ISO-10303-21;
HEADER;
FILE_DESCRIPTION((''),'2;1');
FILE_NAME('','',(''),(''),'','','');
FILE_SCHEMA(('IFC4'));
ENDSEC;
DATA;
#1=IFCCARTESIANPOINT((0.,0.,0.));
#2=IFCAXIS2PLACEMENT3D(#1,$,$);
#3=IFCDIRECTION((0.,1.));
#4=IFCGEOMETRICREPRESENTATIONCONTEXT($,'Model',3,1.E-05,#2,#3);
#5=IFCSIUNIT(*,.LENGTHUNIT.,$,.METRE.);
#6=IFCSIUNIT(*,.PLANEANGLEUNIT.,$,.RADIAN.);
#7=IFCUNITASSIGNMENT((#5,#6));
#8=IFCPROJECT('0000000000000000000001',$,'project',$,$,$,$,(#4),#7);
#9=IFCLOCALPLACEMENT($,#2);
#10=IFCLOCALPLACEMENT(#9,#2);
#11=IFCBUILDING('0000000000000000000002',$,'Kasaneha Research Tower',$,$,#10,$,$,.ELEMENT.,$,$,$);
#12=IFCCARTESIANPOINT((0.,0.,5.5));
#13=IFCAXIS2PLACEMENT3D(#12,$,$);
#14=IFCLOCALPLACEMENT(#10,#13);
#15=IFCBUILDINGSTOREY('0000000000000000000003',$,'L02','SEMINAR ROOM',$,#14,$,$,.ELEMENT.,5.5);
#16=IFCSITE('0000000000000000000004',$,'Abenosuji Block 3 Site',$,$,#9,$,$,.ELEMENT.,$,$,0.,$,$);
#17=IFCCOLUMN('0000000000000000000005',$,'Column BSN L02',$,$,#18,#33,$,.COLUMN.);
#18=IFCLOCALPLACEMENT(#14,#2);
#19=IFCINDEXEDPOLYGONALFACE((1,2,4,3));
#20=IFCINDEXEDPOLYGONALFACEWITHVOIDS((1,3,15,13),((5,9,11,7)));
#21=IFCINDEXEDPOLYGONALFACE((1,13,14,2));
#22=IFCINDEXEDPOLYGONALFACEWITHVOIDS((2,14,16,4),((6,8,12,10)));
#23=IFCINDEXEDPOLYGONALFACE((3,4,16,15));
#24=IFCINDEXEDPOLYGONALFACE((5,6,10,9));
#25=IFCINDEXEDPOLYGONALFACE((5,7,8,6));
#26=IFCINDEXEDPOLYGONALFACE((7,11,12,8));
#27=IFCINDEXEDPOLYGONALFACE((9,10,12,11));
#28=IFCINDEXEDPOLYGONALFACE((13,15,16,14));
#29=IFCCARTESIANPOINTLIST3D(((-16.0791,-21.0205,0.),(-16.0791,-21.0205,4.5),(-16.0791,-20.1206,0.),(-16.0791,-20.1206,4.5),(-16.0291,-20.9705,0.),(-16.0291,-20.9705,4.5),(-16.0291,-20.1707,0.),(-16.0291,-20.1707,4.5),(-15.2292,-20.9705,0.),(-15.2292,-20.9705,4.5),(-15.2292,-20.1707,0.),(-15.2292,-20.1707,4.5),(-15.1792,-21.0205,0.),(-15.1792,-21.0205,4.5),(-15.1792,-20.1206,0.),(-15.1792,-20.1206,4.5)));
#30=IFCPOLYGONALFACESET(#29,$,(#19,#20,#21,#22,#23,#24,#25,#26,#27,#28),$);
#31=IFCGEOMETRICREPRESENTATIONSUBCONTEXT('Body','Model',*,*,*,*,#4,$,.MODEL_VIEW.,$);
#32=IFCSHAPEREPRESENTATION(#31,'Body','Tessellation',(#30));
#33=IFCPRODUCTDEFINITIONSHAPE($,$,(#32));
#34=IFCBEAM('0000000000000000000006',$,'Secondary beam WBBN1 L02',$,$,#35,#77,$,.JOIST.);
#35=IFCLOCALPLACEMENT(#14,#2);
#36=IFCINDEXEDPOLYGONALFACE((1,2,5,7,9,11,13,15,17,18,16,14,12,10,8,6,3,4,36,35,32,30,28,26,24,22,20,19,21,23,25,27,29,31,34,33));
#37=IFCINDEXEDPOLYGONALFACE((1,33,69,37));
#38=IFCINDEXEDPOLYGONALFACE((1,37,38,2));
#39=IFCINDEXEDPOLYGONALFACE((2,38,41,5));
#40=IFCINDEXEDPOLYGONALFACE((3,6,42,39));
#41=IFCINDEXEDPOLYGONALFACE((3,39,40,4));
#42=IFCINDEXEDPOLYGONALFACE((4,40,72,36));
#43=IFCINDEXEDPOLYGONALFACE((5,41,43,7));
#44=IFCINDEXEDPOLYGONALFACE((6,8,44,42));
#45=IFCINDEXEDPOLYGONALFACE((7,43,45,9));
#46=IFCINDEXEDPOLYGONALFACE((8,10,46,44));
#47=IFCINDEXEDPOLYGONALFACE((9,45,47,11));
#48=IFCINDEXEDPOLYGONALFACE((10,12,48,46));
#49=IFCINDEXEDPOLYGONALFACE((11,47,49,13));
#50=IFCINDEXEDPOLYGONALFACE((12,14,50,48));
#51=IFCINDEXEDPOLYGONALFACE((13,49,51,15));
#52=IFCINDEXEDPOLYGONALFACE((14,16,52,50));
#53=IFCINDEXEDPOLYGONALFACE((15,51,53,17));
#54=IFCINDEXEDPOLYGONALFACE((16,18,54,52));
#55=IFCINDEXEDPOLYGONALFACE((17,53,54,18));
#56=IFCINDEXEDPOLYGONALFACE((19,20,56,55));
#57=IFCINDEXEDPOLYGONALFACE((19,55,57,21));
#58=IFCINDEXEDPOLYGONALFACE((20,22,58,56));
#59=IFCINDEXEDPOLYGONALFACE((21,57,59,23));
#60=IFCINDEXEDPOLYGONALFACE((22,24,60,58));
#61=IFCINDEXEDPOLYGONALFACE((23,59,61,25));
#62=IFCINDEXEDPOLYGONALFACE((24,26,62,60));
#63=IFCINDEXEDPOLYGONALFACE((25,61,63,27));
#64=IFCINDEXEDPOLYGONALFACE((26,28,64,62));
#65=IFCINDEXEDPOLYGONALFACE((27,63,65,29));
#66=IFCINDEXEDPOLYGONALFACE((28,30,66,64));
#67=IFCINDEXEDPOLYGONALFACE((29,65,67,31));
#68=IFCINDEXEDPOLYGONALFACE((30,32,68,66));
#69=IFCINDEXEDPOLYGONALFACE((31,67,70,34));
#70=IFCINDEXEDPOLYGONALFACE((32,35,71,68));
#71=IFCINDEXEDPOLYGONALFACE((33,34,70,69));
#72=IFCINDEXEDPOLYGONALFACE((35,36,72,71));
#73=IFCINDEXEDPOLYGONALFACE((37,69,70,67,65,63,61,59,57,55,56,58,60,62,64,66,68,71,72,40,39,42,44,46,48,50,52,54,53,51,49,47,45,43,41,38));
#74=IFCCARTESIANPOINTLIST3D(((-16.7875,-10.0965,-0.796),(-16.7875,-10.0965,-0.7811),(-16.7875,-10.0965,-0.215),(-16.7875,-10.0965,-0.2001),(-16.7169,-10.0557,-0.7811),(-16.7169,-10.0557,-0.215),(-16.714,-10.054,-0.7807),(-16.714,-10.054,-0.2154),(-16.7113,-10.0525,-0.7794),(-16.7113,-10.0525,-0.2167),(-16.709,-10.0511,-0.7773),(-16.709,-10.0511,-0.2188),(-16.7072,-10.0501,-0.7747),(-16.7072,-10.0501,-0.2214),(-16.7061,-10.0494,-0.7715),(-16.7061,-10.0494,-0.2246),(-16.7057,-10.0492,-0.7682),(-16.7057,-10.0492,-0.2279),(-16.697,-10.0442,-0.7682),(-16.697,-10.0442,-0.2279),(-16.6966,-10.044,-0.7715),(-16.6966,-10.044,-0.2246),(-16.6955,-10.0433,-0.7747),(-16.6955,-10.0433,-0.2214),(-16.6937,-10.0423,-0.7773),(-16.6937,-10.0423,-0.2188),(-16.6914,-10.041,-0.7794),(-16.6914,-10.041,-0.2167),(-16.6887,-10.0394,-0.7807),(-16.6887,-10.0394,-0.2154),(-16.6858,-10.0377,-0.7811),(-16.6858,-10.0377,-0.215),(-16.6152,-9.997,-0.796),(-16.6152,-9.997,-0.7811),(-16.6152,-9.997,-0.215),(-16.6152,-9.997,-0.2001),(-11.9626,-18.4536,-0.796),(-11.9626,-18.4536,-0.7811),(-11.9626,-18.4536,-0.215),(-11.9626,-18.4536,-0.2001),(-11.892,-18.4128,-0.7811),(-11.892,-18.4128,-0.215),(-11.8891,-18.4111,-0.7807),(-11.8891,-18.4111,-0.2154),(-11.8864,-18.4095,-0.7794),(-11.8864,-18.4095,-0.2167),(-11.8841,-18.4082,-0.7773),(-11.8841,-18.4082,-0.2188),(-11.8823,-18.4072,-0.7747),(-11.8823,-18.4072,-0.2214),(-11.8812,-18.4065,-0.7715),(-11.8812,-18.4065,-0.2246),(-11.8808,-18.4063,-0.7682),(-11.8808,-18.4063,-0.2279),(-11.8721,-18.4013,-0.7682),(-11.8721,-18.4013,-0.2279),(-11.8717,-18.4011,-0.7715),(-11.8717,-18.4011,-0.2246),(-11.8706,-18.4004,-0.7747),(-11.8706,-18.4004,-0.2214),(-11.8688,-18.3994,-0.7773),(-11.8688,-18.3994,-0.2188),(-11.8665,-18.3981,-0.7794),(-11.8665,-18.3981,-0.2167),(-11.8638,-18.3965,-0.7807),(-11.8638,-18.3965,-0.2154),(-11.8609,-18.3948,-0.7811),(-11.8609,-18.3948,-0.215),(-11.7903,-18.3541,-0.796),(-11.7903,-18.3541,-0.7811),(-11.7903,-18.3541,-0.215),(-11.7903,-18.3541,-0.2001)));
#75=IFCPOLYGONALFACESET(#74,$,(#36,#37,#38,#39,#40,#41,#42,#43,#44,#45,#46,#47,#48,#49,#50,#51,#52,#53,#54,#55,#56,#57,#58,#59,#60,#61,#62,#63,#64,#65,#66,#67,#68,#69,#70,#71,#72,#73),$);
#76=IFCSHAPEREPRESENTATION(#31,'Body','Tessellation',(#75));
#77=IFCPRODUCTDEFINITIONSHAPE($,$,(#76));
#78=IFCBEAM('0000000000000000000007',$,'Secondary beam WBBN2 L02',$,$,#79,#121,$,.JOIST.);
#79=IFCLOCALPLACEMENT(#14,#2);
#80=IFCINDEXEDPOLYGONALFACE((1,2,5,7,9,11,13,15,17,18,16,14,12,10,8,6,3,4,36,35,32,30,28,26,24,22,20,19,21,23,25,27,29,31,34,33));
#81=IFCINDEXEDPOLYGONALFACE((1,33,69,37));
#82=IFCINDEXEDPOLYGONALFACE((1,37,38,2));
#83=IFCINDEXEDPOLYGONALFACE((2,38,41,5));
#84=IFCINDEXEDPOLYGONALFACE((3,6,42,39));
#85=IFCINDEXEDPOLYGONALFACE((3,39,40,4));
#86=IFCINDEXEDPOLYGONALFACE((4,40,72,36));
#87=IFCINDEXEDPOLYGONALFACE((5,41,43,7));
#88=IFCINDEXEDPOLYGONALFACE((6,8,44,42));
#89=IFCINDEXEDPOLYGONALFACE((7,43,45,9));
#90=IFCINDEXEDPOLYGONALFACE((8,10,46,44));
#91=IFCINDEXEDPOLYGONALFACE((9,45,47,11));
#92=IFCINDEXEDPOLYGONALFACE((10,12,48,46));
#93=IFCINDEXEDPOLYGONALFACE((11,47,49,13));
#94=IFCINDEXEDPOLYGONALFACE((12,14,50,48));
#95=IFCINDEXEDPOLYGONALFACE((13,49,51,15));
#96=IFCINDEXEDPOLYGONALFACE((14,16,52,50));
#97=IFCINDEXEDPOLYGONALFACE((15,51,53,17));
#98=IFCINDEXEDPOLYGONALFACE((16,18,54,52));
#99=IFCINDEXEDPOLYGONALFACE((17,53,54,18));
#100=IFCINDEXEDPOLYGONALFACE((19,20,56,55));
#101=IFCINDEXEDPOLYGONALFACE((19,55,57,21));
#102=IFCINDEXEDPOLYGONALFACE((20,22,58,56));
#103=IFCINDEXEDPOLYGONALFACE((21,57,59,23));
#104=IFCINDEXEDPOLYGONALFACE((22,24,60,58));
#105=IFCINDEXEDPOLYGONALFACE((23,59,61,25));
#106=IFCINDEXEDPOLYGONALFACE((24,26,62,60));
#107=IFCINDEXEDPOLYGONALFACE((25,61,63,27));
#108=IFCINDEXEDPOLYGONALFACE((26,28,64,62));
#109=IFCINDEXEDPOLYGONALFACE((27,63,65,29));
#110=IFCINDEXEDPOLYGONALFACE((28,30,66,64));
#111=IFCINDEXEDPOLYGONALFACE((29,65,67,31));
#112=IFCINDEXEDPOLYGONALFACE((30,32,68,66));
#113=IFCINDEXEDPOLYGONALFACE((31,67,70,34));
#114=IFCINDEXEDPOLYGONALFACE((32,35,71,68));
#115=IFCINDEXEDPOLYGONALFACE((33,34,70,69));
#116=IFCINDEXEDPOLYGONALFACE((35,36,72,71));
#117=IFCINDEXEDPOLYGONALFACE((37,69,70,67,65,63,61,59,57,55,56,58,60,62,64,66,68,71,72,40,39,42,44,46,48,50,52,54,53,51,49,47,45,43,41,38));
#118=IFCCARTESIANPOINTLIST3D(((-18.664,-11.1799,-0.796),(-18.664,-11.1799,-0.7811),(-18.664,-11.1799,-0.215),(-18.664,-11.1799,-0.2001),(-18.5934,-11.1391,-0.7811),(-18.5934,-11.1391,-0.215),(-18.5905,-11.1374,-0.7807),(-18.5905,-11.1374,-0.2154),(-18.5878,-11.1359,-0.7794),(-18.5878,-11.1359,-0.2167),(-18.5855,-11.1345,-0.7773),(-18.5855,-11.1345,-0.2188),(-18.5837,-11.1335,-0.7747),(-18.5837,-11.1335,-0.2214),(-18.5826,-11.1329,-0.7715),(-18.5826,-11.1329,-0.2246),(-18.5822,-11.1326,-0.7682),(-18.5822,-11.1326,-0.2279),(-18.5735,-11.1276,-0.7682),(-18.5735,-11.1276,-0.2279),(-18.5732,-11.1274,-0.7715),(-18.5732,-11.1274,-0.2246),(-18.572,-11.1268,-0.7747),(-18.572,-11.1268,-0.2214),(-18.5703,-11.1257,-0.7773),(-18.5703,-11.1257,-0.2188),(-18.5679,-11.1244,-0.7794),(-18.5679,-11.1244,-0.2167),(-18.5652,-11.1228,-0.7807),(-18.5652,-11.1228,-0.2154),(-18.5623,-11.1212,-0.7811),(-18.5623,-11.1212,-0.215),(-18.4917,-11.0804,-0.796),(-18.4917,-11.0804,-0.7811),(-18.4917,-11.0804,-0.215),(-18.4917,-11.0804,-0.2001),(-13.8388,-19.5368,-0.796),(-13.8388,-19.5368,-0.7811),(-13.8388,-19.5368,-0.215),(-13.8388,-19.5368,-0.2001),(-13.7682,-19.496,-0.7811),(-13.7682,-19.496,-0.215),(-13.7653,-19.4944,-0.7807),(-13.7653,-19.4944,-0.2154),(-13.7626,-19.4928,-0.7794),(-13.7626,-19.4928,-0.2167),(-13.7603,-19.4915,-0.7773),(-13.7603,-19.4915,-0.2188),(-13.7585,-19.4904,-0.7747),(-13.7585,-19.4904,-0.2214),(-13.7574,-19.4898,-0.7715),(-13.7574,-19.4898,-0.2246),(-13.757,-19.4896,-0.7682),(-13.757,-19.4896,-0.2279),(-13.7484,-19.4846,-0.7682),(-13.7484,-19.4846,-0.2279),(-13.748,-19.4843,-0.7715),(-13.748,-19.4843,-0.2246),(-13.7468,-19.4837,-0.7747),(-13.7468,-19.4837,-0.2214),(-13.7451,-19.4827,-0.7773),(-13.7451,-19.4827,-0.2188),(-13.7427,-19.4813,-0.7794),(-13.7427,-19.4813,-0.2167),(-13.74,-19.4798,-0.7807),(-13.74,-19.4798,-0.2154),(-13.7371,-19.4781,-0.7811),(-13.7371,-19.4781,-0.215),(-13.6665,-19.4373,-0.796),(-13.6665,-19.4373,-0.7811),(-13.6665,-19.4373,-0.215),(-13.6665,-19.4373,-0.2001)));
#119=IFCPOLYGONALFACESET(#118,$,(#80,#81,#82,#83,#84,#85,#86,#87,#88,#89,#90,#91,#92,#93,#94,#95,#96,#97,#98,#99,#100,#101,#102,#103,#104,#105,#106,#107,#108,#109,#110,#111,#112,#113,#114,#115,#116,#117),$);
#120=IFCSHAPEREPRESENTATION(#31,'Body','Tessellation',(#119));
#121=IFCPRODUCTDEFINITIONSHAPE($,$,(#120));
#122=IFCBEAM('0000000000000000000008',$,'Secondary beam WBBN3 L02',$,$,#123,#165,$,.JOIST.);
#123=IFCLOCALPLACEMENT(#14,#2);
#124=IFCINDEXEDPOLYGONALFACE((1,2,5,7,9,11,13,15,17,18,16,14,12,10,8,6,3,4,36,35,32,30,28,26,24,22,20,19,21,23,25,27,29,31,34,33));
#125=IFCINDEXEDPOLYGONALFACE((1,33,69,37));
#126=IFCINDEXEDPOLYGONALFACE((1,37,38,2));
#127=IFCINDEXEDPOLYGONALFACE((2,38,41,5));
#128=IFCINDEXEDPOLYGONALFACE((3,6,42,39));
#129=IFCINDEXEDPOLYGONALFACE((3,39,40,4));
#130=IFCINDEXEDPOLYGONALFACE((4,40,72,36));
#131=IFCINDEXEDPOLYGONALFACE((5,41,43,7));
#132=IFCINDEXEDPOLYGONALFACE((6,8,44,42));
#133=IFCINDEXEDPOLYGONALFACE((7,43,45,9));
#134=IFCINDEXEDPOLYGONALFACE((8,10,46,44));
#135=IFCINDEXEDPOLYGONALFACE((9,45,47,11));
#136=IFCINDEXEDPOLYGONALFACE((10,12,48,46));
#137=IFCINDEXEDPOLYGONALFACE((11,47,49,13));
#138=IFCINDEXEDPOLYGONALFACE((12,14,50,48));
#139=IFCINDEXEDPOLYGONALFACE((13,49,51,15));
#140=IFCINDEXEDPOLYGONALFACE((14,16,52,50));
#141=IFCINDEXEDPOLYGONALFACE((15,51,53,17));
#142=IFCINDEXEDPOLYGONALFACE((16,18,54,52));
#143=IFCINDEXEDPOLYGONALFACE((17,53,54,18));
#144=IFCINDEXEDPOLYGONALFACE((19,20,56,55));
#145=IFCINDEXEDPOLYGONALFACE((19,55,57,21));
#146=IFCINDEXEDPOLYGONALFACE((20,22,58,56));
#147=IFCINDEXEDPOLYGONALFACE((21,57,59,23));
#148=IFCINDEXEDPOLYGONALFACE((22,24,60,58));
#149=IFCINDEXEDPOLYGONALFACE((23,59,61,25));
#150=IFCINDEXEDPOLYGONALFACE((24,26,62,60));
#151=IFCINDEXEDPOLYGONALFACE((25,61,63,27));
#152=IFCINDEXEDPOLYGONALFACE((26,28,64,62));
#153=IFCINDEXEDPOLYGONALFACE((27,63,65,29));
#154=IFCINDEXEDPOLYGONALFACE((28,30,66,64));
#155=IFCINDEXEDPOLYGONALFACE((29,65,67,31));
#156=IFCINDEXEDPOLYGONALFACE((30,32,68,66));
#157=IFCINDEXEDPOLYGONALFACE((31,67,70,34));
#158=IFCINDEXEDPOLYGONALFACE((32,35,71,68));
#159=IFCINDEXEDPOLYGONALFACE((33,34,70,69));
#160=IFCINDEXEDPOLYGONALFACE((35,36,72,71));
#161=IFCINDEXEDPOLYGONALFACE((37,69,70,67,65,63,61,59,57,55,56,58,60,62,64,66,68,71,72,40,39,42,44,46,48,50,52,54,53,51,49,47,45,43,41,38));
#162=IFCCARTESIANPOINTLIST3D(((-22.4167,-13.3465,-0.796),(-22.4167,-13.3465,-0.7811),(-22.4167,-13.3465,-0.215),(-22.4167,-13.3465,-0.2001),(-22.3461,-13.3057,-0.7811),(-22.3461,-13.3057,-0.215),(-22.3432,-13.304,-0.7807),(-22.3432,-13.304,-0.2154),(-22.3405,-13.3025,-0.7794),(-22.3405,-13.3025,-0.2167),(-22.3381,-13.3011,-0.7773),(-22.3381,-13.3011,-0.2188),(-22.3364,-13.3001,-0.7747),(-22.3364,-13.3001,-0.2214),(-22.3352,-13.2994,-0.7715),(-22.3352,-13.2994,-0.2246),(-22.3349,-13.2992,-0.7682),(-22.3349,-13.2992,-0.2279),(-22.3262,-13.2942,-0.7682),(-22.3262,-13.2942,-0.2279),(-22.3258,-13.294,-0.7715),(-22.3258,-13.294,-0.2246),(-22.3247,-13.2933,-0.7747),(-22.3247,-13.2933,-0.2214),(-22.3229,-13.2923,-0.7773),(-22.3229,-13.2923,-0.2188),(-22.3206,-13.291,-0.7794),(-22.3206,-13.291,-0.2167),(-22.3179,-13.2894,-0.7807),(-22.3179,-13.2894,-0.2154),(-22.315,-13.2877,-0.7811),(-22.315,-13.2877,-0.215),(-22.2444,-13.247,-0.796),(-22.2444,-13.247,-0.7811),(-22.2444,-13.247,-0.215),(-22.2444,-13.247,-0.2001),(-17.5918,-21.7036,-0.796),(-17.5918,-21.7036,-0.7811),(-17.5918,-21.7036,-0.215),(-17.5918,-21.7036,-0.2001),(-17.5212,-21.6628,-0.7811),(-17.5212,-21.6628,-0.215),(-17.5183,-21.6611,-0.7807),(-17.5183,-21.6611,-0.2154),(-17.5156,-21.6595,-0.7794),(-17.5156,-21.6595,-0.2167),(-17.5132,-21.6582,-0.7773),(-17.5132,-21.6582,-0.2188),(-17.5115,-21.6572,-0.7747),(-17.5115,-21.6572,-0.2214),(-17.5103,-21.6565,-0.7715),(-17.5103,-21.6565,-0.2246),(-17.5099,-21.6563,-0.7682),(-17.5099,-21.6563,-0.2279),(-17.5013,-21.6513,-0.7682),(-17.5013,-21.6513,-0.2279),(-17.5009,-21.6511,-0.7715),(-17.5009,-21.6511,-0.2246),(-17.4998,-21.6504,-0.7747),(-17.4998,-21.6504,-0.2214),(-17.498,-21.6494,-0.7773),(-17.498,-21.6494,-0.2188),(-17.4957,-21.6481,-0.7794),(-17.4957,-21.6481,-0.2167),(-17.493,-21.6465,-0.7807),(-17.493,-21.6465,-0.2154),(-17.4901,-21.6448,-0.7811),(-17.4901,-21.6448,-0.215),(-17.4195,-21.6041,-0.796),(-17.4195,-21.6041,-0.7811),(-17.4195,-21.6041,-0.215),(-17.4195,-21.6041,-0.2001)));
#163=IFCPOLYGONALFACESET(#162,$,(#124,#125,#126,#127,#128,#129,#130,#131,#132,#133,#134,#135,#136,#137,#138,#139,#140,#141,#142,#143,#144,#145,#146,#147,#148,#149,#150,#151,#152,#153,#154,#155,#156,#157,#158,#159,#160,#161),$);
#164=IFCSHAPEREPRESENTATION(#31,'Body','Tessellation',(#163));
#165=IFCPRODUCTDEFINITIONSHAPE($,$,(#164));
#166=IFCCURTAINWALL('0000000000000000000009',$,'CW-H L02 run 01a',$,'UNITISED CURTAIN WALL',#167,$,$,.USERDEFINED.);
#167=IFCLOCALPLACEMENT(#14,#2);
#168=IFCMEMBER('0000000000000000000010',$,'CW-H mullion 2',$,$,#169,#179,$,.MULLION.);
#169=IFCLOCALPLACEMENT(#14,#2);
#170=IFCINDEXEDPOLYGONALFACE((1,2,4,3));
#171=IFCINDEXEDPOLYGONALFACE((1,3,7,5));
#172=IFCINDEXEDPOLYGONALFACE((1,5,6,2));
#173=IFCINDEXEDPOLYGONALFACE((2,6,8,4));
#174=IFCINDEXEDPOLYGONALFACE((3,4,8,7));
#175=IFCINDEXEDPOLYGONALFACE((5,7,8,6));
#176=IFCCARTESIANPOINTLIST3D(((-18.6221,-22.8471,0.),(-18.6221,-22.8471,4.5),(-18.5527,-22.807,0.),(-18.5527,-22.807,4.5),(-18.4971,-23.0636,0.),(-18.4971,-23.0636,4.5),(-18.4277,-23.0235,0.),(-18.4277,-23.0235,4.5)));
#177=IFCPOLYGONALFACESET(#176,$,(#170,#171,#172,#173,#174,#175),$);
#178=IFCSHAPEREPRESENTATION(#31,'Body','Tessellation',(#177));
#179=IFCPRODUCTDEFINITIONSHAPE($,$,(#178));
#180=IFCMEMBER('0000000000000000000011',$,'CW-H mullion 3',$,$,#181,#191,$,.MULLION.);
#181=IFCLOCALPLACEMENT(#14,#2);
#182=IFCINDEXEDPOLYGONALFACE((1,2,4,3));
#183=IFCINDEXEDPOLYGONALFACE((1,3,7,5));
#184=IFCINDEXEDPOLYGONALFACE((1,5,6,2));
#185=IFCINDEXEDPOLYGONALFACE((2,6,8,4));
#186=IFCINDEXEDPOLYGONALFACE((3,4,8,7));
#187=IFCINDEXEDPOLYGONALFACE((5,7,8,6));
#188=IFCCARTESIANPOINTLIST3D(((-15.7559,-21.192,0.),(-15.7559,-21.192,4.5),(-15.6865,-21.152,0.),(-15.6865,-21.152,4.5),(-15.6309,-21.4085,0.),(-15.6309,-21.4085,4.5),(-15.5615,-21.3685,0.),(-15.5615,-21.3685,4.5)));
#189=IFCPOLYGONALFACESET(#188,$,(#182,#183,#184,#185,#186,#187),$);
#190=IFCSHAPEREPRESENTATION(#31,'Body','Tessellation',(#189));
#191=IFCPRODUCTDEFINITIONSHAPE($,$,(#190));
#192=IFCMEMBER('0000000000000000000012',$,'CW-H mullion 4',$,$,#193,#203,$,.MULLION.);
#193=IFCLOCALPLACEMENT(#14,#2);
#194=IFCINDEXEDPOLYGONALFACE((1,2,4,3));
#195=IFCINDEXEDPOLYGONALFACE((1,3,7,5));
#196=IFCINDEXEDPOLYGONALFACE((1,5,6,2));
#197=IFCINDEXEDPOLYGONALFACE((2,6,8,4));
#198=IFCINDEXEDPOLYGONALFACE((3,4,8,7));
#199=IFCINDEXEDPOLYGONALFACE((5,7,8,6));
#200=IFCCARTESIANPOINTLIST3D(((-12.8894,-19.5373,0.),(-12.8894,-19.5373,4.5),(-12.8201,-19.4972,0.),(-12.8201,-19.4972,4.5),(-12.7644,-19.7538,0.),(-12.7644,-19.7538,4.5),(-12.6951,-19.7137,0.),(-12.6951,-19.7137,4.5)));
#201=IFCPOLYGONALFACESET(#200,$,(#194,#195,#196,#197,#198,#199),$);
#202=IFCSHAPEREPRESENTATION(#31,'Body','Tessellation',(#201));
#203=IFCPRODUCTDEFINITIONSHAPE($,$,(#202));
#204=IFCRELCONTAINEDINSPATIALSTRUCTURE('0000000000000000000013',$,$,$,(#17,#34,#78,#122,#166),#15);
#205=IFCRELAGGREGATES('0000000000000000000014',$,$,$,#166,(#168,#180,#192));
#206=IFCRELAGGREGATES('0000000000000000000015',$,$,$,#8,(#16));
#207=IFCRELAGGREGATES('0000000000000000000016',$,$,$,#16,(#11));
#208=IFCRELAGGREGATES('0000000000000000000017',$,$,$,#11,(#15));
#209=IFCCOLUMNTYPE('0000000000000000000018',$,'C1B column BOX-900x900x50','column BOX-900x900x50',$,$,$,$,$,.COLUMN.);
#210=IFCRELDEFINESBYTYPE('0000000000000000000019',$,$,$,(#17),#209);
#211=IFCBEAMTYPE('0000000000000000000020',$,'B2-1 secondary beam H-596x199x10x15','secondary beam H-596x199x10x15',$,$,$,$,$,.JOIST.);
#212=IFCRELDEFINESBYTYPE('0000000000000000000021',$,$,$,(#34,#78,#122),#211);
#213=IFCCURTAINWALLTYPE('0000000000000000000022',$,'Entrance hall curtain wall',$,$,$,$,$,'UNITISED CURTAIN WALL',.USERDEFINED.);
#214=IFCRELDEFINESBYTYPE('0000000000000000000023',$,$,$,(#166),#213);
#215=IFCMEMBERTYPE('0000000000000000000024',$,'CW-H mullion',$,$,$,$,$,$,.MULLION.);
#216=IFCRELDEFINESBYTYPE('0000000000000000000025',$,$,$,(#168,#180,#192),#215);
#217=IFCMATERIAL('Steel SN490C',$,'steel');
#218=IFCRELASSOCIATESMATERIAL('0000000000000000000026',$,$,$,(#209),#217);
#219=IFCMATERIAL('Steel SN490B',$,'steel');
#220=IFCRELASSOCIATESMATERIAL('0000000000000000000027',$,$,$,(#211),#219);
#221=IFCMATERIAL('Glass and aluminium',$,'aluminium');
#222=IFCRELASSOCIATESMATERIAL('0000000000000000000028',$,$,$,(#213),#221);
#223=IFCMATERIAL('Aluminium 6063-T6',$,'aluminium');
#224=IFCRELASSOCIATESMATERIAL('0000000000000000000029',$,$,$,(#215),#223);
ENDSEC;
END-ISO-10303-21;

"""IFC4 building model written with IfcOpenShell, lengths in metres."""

from ifc_helpers import new_model, si_unit, direction, frame, origin, origin_2d, place, context, subcontext, project, spatial, rectangle, hollow_rectangle, i_section, extrude, material, material_profile, profile_set, type_object, element, aggregate, save


model = new_model("IFC4")

# Units and contexts
model_context = context("Model", 3, precision=1e-05, world=origin(), true_north=direction((0.0, 1.0)))
body_context = subcontext(model_context, "Body", "Model", "MODEL_VIEW")
ifc_project = project(units=[si_unit("LENGTHUNIT", "METRE"), si_unit("PLANEANGLEUNIT", "RADIAN")], contexts=[model_context])

# Site, building, storey
site_placement = place(None, origin())
site = spatial("IfcSite", under=ifc_project, at=site_placement, Name="Abenosuji Block 3 Site", CompositionType="ELEMENT", RefElevation=0.0)
building_placement = place(site_placement, origin())
building = spatial("IfcBuilding", under=site, at=building_placement, Name="Kasaneha Research Tower", CompositionType="ELEMENT")
storey_placement = place(building_placement, frame((0.0, 0.0, 5.5)))
storey = spatial("IfcBuildingStorey", under=building, at=storey_placement, Name="L02", Description="SEMINAR ROOM", CompositionType="ELEMENT", Elevation=5.5)

# Column
ifc_material_1 = material(Name="Steel SN490C", Category="steel")
ifc_material_profile_1 = material_profile(ifc_material_1, hollow_rectangle(XDim=0.8999, YDim=0.8999, WallThickness=0.05, at=origin_2d()), Name="BOX-900x900x50")
ifc_profile_set_1 = profile_set([ifc_material_profile_1], Name="Steel SN490C")
column_type = type_object("IfcColumnType", Name="C1B column BOX-900x900x50", Description="column BOX-900x900x50", PredefinedType="COLUMN", material=ifc_profile_set_1)
column_placement = place(storey_placement, frame((-15.6292, -20.5706, 0.0), z_axis=(0.0, 0.0, 1.0), x_axis=(1.0, 0.0, 0.0)))
element("IfcColumn", 1, at=column_placement, inside=storey, type_object=column_type, Name="Column BSN L02", PredefinedType="COLUMN", context=body_context, shape_type="SweptSolid", body=[
    extrude(hollow_rectangle(XDim=0.8999, YDim=0.8999, WallThickness=0.05, at=origin_2d()), origin(), (0.0, 0.0, 1.0), 4.5),
])

# Beams
ifc_material_2 = material(Name="Steel SN490B", Category="steel")
ifc_material_profile_2 = material_profile(ifc_material_2, i_section(OverallWidth=0.199, OverallDepth=0.5959, WebThickness=0.01, FlangeThickness=0.0149, FilletRadius=0.0129, at=origin_2d()), Name="H-596x199x10x15")
ifc_profile_set_2 = profile_set([ifc_material_profile_2], Name="Steel SN490B")
beam_type_1 = type_object("IfcBeamType", Name="B2-1 secondary beam H-596x199x10x15", Description="secondary beam H-596x199x10x15", PredefinedType="JOIST", material=ifc_profile_set_2)
for number, where, z_axis, x_axis, name in (
    (2, (-11.8765, -18.4038, -0.498), (-0.499995, 0.866028, 0.0), (-0.866028, -0.499995, 0.0), "Secondary beam WBBN1 L02"),
    (3, (-13.7527, -19.4871, -0.498), (-0.500025, 0.866011, 0.0), (-0.866011, -0.500025, 0.0), "Secondary beam WBBN2 L02"),
    (4, (-17.5056, -21.6538, -0.498), (-0.499995, 0.866028, 0.0), (-0.866028, -0.499995, 0.0), "Secondary beam WBBN3 L02"),
):
    element("IfcBeam", number, at=place(storey_placement, frame(where, z_axis=z_axis, x_axis=x_axis)), inside=storey, type_object=beam_type_1, Name=name, PredefinedType="JOIST", context=body_context, shape_type="SweptSolid", body=[
        extrude(i_section(OverallWidth=0.199, OverallDepth=0.5959, WebThickness=0.01, FlangeThickness=0.0149, FilletRadius=0.0129, at=origin_2d()), origin(), (0.0, 0.0, 1.0), 9.6499),
    ])

# Curtain wall, members
ifc_material_3 = material(Name="Glass and aluminium", Category="aluminium")
curtain_wall_type = type_object("IfcCurtainWallType", Name="Entrance hall curtain wall", ElementType="UNITISED CURTAIN WALL", PredefinedType="USERDEFINED", material=ifc_material_3)
curtain_wall_1_placement = place(storey_placement, origin())
curtain_wall_1 = element("IfcCurtainWall", 5, at=curtain_wall_1_placement, inside=storey, type_object=curtain_wall_type, Name="CW-H L02 run 01a", ObjectType="UNITISED CURTAIN WALL", PredefinedType="USERDEFINED")
ifc_material_4 = material(Name="Aluminium 6063-T6", Category="aluminium")
ifc_material_profile_3 = material_profile(ifc_material_4, rectangle(XDim=0.0801, YDim=0.25, at=origin_2d()), Name="CW-H mullion 80x250")
ifc_profile_set_3 = profile_set([ifc_material_profile_3], Name="Aluminium 6063-T6")
member_type_1 = type_object("IfcMemberType", Name="CW-H mullion", PredefinedType="MULLION", material=ifc_profile_set_3)
member_1_placement = place(storey_placement, frame((-18.5249, -22.9353, 0.0), z_axis=(0.0, 0.0, 1.0), x_axis=(0.866025, 0.5, 0.0)))
member_1 = element("IfcMember", 6, at=member_1_placement, type_object=member_type_1, Name="CW-H mullion 2", PredefinedType="MULLION", context=body_context, shape_type="SweptSolid", body=[
    extrude(rectangle(XDim=0.0801, YDim=0.25, at=origin_2d()), origin(), (0.0, 0.0, 1.0), 4.5),
])
member_2_placement = place(storey_placement, frame((-15.6587, -21.2803, 0.0), z_axis=(0.0, 0.0, 1.0), x_axis=(0.866025, 0.5, 0.0)))
member_2 = element("IfcMember", 7, at=member_2_placement, type_object=member_type_1, Name="CW-H mullion 3", PredefinedType="MULLION", context=body_context, shape_type="SweptSolid", body=[
    extrude(rectangle(XDim=0.0801, YDim=0.25, at=origin_2d()), origin(), (0.0, 0.0, 1.0), 4.5),
])
member_3_placement = place(storey_placement, frame((-12.7922, -19.6255, 0.0), z_axis=(0.0, 0.0, 1.0), x_axis=(0.866025, 0.5, 0.0)))
member_3 = element("IfcMember", 8, at=member_3_placement, type_object=member_type_1, Name="CW-H mullion 4", PredefinedType="MULLION", context=body_context, shape_type="SweptSolid", body=[
    extrude(rectangle(XDim=0.0801, YDim=0.25, at=origin_2d()), origin(), (0.0, 0.0, 1.0), 4.5),
])

aggregate(curtain_wall_1, [member_1, member_2, member_3])

save(model, "model.ifc")
